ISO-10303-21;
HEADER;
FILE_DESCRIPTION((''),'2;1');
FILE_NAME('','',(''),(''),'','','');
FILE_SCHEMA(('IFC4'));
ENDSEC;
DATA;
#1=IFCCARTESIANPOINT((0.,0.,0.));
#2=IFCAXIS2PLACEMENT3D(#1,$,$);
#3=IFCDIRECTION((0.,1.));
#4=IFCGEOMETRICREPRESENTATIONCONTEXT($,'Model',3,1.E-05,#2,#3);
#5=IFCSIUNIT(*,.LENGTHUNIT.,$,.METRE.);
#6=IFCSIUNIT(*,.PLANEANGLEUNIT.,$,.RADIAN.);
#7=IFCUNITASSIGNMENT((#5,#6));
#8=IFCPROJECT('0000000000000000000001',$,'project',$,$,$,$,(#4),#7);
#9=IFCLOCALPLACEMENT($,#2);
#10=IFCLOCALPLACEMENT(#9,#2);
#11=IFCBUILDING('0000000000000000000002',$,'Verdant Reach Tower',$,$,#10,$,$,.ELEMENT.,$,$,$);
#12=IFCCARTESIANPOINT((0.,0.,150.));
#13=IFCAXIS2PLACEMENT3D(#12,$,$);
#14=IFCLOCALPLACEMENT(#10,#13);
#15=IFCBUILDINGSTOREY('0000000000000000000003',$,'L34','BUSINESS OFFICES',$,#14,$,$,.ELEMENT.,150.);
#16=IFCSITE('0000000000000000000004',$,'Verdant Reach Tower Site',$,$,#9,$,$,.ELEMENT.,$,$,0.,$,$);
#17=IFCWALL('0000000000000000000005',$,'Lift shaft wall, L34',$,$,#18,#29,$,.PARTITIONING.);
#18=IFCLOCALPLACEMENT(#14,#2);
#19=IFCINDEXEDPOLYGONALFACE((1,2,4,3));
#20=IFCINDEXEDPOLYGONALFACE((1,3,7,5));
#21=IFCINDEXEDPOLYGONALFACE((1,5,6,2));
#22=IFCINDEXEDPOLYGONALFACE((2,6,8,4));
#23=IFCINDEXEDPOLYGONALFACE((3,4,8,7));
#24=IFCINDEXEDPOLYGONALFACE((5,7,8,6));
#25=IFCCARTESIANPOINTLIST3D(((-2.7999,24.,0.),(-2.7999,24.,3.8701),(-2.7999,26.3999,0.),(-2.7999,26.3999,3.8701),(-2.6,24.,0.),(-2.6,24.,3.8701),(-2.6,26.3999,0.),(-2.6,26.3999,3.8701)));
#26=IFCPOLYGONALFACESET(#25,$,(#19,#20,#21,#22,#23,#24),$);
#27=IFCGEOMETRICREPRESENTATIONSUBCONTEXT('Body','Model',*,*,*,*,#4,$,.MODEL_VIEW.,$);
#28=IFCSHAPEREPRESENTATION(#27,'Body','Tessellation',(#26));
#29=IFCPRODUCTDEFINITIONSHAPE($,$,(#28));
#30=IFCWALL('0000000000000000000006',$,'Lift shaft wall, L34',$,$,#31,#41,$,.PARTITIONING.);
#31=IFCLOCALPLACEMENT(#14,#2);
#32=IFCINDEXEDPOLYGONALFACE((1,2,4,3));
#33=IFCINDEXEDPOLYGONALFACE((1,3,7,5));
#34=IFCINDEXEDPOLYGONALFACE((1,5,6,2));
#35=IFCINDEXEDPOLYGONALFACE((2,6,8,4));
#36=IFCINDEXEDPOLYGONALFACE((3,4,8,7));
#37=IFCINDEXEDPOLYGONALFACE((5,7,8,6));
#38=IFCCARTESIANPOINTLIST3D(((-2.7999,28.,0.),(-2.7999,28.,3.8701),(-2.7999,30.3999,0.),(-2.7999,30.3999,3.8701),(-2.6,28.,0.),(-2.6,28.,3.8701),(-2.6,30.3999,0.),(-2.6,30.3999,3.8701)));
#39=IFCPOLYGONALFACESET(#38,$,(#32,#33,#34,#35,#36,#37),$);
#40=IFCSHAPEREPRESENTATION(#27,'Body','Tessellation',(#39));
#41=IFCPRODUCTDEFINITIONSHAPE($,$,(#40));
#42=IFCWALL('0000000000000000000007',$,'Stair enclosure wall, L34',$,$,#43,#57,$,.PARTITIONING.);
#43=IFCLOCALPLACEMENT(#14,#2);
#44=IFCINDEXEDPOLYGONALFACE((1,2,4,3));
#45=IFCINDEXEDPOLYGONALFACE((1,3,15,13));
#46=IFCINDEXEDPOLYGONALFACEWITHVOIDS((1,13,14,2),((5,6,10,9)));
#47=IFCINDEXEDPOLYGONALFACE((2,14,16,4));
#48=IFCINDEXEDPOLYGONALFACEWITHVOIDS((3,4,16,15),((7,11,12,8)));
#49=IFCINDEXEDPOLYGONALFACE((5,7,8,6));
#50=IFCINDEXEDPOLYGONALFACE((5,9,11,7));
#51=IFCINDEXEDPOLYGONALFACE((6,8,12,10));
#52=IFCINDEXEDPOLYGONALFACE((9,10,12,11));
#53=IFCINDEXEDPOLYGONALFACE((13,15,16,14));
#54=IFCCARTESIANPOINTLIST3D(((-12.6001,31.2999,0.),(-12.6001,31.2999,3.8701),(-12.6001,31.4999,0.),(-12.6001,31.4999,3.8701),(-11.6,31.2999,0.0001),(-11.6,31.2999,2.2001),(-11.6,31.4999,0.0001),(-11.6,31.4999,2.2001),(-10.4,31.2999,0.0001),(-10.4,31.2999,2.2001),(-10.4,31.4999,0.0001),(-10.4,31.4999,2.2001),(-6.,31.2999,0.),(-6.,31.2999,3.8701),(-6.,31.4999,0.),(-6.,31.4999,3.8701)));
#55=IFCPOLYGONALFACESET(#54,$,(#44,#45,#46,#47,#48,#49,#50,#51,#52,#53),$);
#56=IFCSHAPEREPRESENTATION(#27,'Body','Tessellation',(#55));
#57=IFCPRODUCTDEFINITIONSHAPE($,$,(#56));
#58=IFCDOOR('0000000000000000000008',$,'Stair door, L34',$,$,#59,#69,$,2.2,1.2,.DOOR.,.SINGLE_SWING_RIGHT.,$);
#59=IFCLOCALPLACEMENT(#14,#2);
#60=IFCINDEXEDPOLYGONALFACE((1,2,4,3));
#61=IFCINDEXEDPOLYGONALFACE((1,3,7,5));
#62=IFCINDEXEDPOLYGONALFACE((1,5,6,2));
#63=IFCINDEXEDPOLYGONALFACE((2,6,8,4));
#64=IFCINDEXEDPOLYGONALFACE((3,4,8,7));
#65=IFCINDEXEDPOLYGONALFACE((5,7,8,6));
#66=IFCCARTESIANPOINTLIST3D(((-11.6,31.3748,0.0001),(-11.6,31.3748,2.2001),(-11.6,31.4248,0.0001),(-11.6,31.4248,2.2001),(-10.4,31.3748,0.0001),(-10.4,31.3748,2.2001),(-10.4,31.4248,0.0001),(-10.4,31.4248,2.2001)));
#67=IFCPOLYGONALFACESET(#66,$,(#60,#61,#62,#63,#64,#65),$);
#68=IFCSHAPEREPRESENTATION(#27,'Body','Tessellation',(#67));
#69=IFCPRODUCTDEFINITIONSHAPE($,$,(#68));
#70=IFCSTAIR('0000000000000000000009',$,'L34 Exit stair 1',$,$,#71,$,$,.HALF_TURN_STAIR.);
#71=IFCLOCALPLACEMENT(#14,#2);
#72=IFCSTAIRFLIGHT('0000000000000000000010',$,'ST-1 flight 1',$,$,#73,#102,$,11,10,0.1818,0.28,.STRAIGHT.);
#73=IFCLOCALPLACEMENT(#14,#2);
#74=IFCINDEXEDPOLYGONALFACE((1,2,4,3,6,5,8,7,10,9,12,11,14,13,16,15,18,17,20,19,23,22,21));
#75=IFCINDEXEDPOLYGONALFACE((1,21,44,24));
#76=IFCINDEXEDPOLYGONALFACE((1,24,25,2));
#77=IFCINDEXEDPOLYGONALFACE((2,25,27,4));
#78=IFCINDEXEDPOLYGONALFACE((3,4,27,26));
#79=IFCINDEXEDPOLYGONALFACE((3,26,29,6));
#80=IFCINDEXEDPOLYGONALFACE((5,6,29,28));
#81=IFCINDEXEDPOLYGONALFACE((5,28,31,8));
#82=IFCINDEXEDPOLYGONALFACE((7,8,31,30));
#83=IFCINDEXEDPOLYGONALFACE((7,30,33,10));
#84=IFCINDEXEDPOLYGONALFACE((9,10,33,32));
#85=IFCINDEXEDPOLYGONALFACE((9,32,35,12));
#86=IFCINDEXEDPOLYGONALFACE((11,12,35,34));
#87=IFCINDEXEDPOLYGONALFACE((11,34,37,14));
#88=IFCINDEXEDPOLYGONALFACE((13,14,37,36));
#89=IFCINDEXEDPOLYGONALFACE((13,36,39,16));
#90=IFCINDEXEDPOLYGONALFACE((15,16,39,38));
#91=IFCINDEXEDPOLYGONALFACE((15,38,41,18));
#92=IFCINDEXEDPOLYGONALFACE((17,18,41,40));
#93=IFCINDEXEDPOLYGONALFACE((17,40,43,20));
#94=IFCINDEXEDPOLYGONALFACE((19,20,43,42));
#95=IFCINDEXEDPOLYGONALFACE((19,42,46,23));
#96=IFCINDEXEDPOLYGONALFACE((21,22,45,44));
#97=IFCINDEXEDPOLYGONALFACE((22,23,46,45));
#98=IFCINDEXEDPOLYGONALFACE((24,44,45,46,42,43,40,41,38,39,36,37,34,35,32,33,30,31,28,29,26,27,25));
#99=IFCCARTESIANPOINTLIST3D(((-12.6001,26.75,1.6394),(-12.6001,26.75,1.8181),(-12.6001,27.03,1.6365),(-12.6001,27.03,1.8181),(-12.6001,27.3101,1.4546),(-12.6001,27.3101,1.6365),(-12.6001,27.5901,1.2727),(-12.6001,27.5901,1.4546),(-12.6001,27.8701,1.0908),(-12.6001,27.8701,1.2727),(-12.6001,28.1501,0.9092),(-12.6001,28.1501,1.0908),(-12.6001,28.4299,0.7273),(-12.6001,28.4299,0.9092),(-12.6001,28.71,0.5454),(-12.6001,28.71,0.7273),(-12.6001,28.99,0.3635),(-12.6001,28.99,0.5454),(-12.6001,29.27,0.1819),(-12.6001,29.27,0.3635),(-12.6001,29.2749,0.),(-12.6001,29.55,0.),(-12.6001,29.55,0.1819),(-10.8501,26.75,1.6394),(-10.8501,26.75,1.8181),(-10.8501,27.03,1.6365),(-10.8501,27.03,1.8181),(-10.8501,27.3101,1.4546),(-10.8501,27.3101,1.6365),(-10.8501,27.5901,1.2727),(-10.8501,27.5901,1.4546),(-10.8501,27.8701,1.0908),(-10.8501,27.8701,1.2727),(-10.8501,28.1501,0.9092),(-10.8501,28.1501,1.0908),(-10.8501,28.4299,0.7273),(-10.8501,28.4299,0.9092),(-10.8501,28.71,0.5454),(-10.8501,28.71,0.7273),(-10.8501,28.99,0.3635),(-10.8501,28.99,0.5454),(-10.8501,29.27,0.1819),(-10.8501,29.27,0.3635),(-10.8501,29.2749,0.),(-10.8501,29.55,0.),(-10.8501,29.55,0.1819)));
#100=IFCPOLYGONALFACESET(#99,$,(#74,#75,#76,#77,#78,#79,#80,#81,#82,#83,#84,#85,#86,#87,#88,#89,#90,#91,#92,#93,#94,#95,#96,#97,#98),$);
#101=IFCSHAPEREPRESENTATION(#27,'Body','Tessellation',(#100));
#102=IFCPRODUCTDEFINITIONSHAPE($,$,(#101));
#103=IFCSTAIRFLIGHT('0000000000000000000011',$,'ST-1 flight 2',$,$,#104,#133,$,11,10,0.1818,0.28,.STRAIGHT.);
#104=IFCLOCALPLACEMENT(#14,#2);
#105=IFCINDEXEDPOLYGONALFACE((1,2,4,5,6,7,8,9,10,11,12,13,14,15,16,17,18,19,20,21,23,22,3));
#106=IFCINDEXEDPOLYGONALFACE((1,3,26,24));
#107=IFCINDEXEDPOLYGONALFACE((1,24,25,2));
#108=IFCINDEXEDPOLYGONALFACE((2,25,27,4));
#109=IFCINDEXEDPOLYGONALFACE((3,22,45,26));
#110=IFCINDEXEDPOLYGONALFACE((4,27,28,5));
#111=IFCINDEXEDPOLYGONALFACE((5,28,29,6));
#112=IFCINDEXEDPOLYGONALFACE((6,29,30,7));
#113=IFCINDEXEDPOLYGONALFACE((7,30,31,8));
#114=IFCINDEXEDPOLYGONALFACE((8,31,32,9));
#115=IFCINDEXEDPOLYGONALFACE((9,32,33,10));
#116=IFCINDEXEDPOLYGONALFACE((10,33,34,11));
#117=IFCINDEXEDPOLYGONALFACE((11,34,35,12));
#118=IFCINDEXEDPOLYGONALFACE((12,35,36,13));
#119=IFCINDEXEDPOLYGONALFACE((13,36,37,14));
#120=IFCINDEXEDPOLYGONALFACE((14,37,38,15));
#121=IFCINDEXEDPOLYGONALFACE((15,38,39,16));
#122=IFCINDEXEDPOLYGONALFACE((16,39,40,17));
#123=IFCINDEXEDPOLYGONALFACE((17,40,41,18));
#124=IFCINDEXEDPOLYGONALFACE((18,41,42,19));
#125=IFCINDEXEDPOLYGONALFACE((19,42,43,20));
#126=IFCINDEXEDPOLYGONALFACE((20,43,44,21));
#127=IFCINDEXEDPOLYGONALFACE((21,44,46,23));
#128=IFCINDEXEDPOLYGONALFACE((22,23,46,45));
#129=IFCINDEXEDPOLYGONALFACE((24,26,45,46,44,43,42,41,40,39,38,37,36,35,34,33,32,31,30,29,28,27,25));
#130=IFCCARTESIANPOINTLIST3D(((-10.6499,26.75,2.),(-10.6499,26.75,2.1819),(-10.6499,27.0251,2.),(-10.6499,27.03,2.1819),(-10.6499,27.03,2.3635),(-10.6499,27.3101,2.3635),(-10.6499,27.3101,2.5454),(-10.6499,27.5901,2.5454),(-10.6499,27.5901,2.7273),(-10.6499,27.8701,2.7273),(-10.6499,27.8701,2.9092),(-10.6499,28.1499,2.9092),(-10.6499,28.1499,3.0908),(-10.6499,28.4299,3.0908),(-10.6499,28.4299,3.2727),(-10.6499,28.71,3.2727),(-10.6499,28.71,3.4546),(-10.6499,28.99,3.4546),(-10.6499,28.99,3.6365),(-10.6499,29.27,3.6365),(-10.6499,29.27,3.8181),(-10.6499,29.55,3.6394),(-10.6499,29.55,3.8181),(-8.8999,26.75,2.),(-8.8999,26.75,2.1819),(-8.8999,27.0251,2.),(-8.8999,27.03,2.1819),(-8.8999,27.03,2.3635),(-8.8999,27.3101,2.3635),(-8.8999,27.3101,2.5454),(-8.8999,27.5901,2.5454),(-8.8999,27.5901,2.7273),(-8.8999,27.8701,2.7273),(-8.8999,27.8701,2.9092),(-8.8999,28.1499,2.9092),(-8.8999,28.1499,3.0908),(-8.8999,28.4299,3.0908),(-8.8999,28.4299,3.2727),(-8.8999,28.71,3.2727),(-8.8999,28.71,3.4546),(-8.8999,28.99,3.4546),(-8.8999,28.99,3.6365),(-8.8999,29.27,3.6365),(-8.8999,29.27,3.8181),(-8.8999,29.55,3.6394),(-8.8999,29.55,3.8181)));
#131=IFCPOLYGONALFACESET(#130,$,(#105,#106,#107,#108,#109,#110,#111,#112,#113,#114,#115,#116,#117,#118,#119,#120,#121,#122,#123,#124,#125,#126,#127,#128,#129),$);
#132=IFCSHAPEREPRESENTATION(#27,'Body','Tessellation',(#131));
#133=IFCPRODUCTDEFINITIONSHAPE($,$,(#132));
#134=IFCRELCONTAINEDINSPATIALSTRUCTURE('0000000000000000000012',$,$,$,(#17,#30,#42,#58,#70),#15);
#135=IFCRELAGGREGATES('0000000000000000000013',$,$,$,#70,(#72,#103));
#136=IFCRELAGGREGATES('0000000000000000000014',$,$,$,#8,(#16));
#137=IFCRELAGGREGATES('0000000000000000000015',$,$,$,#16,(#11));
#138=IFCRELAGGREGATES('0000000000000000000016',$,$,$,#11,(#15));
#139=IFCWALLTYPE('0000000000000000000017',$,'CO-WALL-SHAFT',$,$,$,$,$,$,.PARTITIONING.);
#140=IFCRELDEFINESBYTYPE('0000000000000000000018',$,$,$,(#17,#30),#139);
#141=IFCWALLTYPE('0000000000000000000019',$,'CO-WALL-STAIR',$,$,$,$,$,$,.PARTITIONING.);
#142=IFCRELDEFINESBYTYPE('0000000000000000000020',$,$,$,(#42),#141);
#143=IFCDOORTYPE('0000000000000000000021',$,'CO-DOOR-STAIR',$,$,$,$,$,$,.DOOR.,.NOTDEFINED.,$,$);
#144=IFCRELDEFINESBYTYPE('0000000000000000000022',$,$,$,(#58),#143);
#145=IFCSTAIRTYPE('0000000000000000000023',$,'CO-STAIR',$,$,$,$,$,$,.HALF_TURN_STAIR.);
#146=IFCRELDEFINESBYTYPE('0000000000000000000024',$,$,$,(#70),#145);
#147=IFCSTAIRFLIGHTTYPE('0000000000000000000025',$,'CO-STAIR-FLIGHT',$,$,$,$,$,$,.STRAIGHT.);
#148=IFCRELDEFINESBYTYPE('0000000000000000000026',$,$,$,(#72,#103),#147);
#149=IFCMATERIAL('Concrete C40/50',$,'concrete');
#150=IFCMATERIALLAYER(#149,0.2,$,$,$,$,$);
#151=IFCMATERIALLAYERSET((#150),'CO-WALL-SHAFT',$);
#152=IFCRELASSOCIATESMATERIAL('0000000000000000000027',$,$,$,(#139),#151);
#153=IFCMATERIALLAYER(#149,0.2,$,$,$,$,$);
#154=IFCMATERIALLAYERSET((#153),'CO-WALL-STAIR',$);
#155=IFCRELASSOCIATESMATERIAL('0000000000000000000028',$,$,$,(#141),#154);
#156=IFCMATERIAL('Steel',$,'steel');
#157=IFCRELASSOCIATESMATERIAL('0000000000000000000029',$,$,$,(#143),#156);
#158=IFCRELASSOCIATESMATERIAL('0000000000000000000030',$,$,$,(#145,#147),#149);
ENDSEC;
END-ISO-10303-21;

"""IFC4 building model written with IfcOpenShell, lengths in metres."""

from ifc_helpers import new_model, si_unit, direction, frame, frame_2d, origin, place, context, subcontext, project, spatial, polyline, rectangle, outline, extrude, material, layer, layer_set, type_object, element, fill, aggregate, save


model = new_model("IFC4")

# Units and contexts
model_context = context("Model", 3, precision=1e-05, world=origin(), true_north=direction((0.0, 1.0)))
body_context = subcontext(model_context, "Body", "Model", "MODEL_VIEW")
ifc_project = project(units=[si_unit("LENGTHUNIT", "METRE"), si_unit("PLANEANGLEUNIT", "RADIAN")], contexts=[model_context])

# Site, building, storey
site_placement = place(None, origin())
site = spatial("IfcSite", under=ifc_project, at=site_placement, Name="Verdant Reach Tower Site", CompositionType="ELEMENT", RefElevation=0.0)
building_placement = place(site_placement, origin())
building = spatial("IfcBuilding", under=site, at=building_placement, Name="Verdant Reach Tower", CompositionType="ELEMENT")
storey_placement = place(building_placement, frame((0.0, 0.0, 150.0)))
storey = spatial("IfcBuildingStorey", under=building, at=storey_placement, Name="L34", Description="BUSINESS OFFICES", CompositionType="ELEMENT", Elevation=150.0)

# Shared definitions
ifc_material_1 = material(Name="Concrete C40/50", Category="concrete")
ifc_layer_1 = layer(ifc_material_1, 0.2)
ifc_layer_set_1 = layer_set([ifc_layer_1], Name="CO-WALL-SHAFT")
wall_type_1 = type_object("IfcWallType", Name="CO-WALL-SHAFT", PredefinedType="PARTITIONING", material=ifc_layer_set_1)

# Shared definitions
ifc_material_2 = material(Name="Steel", Category="steel")

# Walls
for number, where, z_axis, x_axis, name in (
    (1, (-2.7, 24.0, 0.0), (0.0, 0.0, 1.0), (0.0, 1.0, 0.0), "Lift shaft wall, L34"),
    (2, (-2.7, 28.0, 0.0), (0.0, 0.0, 1.0), (0.0, 1.0, 0.0), "Lift shaft wall, L34"),
):
    element("IfcWall", number, at=place(storey_placement, frame(where, z_axis=z_axis, x_axis=x_axis)), inside=storey, type_object=wall_type_1, Name=name, PredefinedType="PARTITIONING", context=body_context, shape_type="SweptSolid", body=[
        extrude(rectangle(XDim=2.3999, YDim=0.2, at=frame_2d((1.2, 0.0))), origin(), (0.0, 0.0, 1.0), 3.8701),
    ])

# Wall, opening, door
ifc_layer_2 = layer(ifc_material_1, 0.2)
ifc_layer_set_2 = layer_set([ifc_layer_2], Name="CO-WALL-STAIR")
wall_type_2 = type_object("IfcWallType", Name="CO-WALL-STAIR", PredefinedType="PARTITIONING", material=ifc_layer_set_2)
wall_1_placement = place(storey_placement, frame((-12.6001, 31.3999, 0.0), z_axis=(0.0, 0.0, 1.0), x_axis=(1.0, 0.0, 0.0)))
wall_1 = element("IfcWall", 3, at=wall_1_placement, inside=storey, type_object=wall_type_2, Name="Stair enclosure wall, L34", PredefinedType="PARTITIONING", context=body_context, shape_type="SweptSolid", body=[
    extrude(rectangle(XDim=6.6001, YDim=0.2, at=frame_2d((3.3, 0.0))), origin(), (0.0, 0.0, 1.0), 3.8701),
])
opening_1_placement = place(wall_1_placement, frame((1.0, 0.0, 0.0)))
opening_1 = element("IfcOpeningElement", 4, at=opening_1_placement, cuts=wall_1, PredefinedType="OPENING", context=body_context, shape_type="SweptSolid", body=[
    extrude(rectangle(XDim=1.2, YDim=2.2, at=frame_2d((0.6001, 1.1001))), frame((0.0, 0.1099, 0.0), z_axis=(0.0, -1.0, 0.0), x_axis=(1.0, 0.0, 0.0)), (0.0, 0.0, 1.0), 0.22),
])
door_type_1 = type_object("IfcDoorType", Name="CO-DOOR-STAIR", OperationType="NOTDEFINED", PredefinedType="DOOR", material=ifc_material_2)
door_1_placement = place(opening_1_placement, origin())
door_1 = element("IfcDoor", 5, at=door_1_placement, inside=storey, type_object=door_type_1, Name="Stair door, L34", OperationType="SINGLE_SWING_RIGHT", OverallHeight=2.2, OverallWidth=1.2, PredefinedType="DOOR", context=body_context, shape_type="SweptSolid", body=[
    extrude(rectangle(XDim=1.2, YDim=2.2, at=frame_2d((0.6001, 1.1001))), frame((0.0, 0.0249, 0.0), z_axis=(0.0, -1.0, 0.0), x_axis=(1.0, 0.0, 0.0)), (0.0, 0.0, 1.0), 0.05),
])
fill(opening_1, door_1)

# Stair, stair flights
stair_type = type_object("IfcStairType", Name="CO-STAIR", PredefinedType="HALF_TURN_STAIR", material=ifc_material_1)
stair_placement = place(storey_placement, origin())
stair = element("IfcStair", 6, at=stair_placement, inside=storey, type_object=stair_type, Name="L34 Exit stair 1", PredefinedType="HALF_TURN_STAIR")
stair_flight_type = type_object("IfcStairFlightType", Name="CO-STAIR-FLIGHT", PredefinedType="STRAIGHT", material=ifc_material_1)
stair_flight_1_placement = place(storey_placement, frame((-11.7251, 29.55, 0.0), z_axis=(0.0, 0.0, 1.0), x_axis=(0.0, -1.0, 0.0)))
stair_flight_1 = element("IfcStairFlight", 7, at=stair_flight_1_placement, type_object=stair_flight_type, Name="ST-1 flight 1", NumberOfRisers=11, NumberOfTreads=10, PredefinedType="STRAIGHT", RiserHeight=0.1818, TreadLength=0.28, context=body_context, shape_type="SweptSolid", body=[
    extrude(outline(polyline([(0.0, 0.0), (0.0, 0.1819), (0.28, 0.1819), (0.28, 0.3635), (0.5601, 0.3635), (0.5601, 0.5454), (0.8401, 0.5454), (0.8401, 0.7273), (1.1201, 0.7273), (1.1201, 0.9092), (1.3999, 0.9092), (1.3999, 1.0908), (1.6799, 1.0908), (1.6799, 1.2727), (1.96, 1.2727), (1.96, 1.4546), (2.24, 1.4546), (2.24, 1.6365), (2.52, 1.6365), (2.52, 1.8181), (2.8, 1.8181), (2.8, 2.0), (2.8, 1.6394), (0.2751, 0.0), (0.0, 0.0)])), frame((0.0, 0.875, 0.0), z_axis=(0.0, -1.0, 0.0), x_axis=(1.0, 0.0, 0.0)), (0.0, 0.0, 1.0), 1.75),
])
stair_flight_2_placement = place(storey_placement, frame((-9.7749, 26.75, 2.0), z_axis=(0.0, 0.0, 1.0), x_axis=(0.0, 1.0, 0.0)))
stair_flight_2 = element("IfcStairFlight", 8, at=stair_flight_2_placement, type_object=stair_flight_type, Name="ST-1 flight 2", NumberOfRisers=11, NumberOfTreads=10, PredefinedType="STRAIGHT", RiserHeight=0.1818, TreadLength=0.28, context=body_context, shape_type="SweptSolid", body=[
    extrude(outline(polyline([(0.0, 0.0), (0.0, 0.1819), (0.28, 0.1819), (0.28, 0.3635), (0.5601, 0.3635), (0.5601, 0.5454), (0.8401, 0.5454), (0.8401, 0.7273), (1.1201, 0.7273), (1.1201, 0.9092), (1.3999, 0.9092), (1.3999, 1.0908), (1.6799, 1.0908), (1.6799, 1.2727), (1.96, 1.2727), (1.96, 1.4546), (2.24, 1.4546), (2.24, 1.6365), (2.52, 1.6365), (2.52, 1.8181), (2.8, 1.8181), (2.8, 2.0), (2.8, 1.6394), (0.2751, 0.0), (0.0, 0.0)])), frame((0.0, 0.875, 0.0), z_axis=(0.0, -1.0, 0.0), x_axis=(1.0, 0.0, 0.0)), (0.0, 0.0, 1.0), 1.75),
])
aggregate(stair, [stair_flight_1, stair_flight_2])

save(model, "model.ifc")
